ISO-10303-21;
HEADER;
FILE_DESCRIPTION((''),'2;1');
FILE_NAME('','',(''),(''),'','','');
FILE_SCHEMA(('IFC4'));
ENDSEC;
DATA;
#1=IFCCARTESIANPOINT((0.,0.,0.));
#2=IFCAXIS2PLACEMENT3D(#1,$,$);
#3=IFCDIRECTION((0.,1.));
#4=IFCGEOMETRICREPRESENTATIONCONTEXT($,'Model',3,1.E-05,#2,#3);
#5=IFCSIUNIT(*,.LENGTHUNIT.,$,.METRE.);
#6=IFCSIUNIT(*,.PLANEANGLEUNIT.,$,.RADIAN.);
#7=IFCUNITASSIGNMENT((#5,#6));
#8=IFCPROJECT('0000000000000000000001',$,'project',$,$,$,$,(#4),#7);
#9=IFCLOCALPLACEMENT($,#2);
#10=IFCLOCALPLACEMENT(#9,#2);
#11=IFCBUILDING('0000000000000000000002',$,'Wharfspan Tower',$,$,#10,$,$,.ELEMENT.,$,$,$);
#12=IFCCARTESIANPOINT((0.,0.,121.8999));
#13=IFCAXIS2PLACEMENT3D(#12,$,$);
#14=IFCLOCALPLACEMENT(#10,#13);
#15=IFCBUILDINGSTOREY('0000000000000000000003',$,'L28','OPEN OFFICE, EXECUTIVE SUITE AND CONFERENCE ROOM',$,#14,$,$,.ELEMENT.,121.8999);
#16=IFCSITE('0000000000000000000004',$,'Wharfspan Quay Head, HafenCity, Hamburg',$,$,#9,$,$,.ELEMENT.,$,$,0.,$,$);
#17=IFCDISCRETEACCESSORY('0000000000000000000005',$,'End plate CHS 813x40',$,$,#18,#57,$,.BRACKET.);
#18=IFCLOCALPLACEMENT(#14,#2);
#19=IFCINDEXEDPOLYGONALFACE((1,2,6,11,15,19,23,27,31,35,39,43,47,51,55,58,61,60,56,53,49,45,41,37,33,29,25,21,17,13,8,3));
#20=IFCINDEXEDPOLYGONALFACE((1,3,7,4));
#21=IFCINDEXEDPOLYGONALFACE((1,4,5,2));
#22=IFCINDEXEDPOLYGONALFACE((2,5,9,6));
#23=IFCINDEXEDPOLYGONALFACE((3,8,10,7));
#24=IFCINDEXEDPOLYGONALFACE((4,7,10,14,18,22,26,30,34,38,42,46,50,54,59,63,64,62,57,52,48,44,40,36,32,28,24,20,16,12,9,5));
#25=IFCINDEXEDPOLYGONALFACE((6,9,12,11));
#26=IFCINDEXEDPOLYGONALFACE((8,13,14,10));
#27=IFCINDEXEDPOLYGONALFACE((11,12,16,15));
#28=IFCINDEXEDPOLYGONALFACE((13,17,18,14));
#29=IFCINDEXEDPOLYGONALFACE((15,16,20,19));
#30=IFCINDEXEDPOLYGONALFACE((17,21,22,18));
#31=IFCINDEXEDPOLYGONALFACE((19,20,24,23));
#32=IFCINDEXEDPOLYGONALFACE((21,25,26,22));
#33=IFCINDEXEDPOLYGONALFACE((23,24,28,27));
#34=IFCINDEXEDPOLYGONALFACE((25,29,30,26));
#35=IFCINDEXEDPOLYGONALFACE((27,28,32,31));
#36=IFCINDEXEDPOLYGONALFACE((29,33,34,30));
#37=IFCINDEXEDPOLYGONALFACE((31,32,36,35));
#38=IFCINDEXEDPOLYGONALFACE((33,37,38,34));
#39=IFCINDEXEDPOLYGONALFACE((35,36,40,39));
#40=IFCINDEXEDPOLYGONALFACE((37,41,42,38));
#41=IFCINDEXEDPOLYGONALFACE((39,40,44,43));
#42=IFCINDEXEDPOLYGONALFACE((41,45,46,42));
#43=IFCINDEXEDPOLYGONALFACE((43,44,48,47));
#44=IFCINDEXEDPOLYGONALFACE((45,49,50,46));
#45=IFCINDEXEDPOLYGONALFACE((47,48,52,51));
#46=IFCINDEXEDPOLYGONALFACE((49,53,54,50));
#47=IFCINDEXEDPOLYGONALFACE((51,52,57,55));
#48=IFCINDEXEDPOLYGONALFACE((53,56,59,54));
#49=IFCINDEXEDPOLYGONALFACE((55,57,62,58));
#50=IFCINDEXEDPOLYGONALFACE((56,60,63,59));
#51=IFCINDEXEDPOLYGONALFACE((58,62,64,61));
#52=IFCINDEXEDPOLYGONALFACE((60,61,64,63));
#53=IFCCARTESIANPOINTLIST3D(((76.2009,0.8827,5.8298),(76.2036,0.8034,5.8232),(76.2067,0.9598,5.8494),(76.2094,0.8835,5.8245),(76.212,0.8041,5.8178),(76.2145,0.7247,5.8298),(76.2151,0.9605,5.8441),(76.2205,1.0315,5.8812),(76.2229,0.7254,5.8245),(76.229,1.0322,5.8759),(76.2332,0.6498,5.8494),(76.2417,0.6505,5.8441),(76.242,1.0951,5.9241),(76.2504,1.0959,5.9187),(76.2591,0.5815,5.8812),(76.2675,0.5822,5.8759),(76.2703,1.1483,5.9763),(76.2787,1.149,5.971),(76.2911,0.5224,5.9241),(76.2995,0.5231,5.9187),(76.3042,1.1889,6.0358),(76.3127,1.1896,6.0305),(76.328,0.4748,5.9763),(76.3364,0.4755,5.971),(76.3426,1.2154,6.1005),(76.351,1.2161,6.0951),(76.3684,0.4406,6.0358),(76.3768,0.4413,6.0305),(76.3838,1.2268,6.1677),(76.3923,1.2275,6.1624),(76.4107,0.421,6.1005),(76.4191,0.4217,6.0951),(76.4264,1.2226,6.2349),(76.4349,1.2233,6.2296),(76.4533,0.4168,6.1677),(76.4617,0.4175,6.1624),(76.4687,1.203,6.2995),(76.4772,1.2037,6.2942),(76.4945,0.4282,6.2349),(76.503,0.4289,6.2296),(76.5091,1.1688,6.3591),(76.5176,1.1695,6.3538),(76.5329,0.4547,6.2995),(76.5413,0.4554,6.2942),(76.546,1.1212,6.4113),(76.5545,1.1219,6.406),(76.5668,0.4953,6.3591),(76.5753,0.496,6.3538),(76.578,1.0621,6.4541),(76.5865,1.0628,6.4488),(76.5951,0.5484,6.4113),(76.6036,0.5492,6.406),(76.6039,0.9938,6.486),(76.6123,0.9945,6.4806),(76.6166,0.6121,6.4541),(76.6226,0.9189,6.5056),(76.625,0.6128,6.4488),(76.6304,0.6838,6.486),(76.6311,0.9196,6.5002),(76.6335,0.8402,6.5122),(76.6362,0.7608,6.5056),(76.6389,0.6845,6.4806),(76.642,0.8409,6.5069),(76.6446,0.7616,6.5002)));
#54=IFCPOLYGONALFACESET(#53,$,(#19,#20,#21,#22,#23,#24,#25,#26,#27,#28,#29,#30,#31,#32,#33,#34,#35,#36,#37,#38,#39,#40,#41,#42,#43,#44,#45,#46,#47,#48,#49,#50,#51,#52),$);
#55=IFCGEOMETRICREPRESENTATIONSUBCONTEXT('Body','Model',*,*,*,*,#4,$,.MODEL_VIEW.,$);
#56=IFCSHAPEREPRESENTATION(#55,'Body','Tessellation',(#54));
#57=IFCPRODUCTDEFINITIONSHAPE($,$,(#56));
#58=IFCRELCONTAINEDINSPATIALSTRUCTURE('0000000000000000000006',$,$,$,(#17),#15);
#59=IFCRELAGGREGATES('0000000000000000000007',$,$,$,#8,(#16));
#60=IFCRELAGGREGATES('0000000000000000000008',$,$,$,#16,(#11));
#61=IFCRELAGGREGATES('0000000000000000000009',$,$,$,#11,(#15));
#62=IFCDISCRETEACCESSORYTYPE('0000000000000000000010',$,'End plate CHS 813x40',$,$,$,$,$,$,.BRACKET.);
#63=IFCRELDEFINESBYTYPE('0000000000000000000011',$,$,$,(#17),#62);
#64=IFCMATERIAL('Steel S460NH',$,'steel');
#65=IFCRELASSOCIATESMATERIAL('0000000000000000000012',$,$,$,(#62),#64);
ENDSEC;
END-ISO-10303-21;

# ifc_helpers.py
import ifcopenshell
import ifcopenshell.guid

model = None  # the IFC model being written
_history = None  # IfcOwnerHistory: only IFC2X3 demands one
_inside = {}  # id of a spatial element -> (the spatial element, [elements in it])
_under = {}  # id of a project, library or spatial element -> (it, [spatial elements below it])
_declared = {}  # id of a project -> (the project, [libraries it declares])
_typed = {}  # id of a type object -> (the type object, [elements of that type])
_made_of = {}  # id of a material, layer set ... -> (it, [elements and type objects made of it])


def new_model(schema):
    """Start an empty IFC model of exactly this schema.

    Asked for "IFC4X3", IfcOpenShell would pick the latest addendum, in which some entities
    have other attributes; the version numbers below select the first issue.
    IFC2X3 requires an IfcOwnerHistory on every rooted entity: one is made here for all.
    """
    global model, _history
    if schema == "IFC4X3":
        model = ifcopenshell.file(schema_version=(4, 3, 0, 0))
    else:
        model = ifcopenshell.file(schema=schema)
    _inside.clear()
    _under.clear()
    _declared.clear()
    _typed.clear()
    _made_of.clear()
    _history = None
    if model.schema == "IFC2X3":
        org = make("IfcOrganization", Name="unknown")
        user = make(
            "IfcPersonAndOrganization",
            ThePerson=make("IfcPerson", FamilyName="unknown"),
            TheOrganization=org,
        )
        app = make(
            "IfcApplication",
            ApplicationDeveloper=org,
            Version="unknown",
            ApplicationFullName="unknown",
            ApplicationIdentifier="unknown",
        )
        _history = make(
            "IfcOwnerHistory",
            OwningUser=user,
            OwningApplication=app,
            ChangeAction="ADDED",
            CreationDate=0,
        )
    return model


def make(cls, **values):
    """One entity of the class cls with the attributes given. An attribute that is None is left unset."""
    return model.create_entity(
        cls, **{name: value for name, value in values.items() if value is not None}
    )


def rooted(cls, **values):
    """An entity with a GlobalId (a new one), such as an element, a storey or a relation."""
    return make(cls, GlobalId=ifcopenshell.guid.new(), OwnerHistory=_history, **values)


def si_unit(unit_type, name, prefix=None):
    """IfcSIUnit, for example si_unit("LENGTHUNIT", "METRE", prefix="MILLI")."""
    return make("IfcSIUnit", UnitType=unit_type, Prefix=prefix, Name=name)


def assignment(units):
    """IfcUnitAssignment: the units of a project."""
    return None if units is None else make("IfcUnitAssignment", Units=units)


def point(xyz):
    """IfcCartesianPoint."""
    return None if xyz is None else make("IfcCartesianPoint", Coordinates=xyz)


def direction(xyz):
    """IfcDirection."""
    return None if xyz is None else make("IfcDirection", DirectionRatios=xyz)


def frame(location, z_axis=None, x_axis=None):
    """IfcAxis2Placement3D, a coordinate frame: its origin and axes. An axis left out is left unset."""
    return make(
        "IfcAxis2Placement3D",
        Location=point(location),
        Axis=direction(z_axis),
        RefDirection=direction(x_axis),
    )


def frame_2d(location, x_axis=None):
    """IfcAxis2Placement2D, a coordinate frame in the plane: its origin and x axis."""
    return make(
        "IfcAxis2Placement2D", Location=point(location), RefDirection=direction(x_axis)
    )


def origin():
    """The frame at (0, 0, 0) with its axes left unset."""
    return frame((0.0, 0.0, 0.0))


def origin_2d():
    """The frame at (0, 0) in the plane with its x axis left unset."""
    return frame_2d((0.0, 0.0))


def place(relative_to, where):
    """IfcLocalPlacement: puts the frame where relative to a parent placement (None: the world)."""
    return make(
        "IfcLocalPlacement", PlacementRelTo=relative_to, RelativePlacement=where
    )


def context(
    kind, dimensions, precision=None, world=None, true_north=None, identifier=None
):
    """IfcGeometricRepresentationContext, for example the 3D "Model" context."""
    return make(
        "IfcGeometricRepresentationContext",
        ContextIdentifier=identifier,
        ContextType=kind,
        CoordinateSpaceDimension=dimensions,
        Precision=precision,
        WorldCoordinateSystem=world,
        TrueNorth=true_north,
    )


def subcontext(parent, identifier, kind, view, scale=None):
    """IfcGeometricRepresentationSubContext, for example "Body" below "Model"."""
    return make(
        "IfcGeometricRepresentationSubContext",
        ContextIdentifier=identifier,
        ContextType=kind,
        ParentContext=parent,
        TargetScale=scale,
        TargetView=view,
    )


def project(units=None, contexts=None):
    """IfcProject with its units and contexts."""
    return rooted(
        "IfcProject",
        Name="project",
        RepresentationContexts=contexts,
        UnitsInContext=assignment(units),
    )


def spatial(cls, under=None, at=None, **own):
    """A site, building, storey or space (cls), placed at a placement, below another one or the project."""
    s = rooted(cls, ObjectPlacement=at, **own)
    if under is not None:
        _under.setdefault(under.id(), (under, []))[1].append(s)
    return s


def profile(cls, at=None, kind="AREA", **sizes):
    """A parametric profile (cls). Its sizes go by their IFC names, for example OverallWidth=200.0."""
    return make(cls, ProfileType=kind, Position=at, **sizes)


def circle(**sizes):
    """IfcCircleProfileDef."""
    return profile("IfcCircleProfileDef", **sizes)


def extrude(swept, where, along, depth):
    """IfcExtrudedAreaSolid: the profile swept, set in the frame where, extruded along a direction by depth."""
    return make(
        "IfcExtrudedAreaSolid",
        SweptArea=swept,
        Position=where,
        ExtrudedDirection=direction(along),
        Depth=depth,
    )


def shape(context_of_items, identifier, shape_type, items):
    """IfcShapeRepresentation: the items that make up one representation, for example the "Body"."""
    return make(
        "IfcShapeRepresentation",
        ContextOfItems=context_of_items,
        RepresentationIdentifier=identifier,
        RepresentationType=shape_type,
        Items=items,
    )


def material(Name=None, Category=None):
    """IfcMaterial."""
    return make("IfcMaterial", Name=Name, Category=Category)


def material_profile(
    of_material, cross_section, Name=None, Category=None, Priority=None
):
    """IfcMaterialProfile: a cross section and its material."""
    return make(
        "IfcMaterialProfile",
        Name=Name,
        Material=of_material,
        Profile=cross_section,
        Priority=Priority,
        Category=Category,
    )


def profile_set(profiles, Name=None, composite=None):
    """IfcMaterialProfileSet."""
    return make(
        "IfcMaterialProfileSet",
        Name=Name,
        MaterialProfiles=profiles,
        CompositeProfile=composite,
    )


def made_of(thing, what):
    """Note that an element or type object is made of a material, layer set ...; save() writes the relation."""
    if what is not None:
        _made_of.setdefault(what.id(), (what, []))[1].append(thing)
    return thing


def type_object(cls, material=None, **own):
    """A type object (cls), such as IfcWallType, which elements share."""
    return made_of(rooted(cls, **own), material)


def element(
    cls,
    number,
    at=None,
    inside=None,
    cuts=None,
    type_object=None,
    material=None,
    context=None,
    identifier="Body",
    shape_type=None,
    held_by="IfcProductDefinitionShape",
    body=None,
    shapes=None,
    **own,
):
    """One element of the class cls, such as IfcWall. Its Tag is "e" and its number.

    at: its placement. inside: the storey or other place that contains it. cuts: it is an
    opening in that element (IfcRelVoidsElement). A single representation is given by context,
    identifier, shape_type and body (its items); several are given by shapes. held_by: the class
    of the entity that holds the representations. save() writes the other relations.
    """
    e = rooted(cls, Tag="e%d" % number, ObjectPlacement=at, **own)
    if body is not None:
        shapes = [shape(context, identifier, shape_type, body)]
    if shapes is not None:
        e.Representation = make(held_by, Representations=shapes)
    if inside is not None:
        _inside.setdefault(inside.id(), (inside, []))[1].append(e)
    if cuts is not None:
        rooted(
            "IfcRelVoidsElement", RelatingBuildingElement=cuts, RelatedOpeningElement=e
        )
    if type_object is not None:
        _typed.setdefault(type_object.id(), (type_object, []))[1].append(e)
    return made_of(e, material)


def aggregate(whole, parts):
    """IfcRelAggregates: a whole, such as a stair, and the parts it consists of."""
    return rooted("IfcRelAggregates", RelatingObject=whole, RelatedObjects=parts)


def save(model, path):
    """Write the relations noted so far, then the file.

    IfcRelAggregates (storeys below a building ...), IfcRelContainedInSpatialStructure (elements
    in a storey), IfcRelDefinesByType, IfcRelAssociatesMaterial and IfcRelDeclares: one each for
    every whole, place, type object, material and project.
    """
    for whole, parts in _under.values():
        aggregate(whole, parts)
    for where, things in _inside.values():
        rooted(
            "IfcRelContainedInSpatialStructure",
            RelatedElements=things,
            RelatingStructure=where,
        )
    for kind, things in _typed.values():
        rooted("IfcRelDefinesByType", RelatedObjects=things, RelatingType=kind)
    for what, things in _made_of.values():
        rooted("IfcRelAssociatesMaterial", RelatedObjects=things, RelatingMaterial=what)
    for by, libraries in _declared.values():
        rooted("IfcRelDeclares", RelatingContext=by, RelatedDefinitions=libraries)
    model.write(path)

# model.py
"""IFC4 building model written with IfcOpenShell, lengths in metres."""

from ifc_helpers import new_model, si_unit, direction, frame, origin, origin_2d, place, context, subcontext, project, spatial, circle, extrude, material, material_profile, profile_set, type_object, element, save


model = new_model("IFC4")

# Units and contexts
model_context = context("Model", 3, precision=1e-05, world=origin(), true_north=direction((0.0, 1.0)))
body_context = subcontext(model_context, "Body", "Model", "MODEL_VIEW")
ifc_project = project(units=[si_unit("LENGTHUNIT", "METRE"), si_unit("PLANEANGLEUNIT", "RADIAN")], contexts=[model_context])

# Site, building, storey
site_placement = place(None, origin())
site = spatial("IfcSite", under=ifc_project, at=site_placement, Name="Wharfspan Quay Head, HafenCity, Hamburg", CompositionType="ELEMENT", RefElevation=0.0)
building_placement = place(site_placement, origin())
building = spatial("IfcBuilding", under=site, at=building_placement, Name="Wharfspan Tower", CompositionType="ELEMENT")
storey_placement = place(building_placement, frame((0.0, 0.0, 121.8999)))
storey = spatial("IfcBuildingStorey", under=building, at=storey_placement, Name="L28", Description="OPEN OFFICE, EXECUTIVE SUITE AND CONFERENCE ROOM", CompositionType="ELEMENT", Elevation=121.8999)

# Discrete accessory
ifc_material_1 = material(Name="Steel S460NH", Category="steel")
ifc_material_profile_1 = material_profile(ifc_material_1, circle(Radius=0.4065, at=origin_2d()))
ifc_profile_set_1 = profile_set([ifc_material_profile_1], Name="Steel S460NH")
discrete_accessory_type = type_object("IfcDiscreteAccessoryType", Name="End plate CHS 813x40", PredefinedType="BRACKET", material=ifc_profile_set_1)
for number, where, z_axis, x_axis, name in (
    (1, (76.427, 0.8225, 6.1624), (-0.844416, -0.072379, 0.530776), (0.085402, -0.99635, 0.0), "End plate CHS 813x40"),
):
    element("IfcDiscreteAccessory", number, at=place(storey_placement, frame(where, z_axis=z_axis, x_axis=x_axis)), inside=storey, type_object=discrete_accessory_type, Name=name, PredefinedType="BRACKET", context=body_context, shape_type="SweptSolid", body=[
        extrude(circle(Radius=0.4065, at=origin_2d()), origin(), (0.0, 0.0, 1.0), 0.01),
    ])

save(model, "model.ifc")
